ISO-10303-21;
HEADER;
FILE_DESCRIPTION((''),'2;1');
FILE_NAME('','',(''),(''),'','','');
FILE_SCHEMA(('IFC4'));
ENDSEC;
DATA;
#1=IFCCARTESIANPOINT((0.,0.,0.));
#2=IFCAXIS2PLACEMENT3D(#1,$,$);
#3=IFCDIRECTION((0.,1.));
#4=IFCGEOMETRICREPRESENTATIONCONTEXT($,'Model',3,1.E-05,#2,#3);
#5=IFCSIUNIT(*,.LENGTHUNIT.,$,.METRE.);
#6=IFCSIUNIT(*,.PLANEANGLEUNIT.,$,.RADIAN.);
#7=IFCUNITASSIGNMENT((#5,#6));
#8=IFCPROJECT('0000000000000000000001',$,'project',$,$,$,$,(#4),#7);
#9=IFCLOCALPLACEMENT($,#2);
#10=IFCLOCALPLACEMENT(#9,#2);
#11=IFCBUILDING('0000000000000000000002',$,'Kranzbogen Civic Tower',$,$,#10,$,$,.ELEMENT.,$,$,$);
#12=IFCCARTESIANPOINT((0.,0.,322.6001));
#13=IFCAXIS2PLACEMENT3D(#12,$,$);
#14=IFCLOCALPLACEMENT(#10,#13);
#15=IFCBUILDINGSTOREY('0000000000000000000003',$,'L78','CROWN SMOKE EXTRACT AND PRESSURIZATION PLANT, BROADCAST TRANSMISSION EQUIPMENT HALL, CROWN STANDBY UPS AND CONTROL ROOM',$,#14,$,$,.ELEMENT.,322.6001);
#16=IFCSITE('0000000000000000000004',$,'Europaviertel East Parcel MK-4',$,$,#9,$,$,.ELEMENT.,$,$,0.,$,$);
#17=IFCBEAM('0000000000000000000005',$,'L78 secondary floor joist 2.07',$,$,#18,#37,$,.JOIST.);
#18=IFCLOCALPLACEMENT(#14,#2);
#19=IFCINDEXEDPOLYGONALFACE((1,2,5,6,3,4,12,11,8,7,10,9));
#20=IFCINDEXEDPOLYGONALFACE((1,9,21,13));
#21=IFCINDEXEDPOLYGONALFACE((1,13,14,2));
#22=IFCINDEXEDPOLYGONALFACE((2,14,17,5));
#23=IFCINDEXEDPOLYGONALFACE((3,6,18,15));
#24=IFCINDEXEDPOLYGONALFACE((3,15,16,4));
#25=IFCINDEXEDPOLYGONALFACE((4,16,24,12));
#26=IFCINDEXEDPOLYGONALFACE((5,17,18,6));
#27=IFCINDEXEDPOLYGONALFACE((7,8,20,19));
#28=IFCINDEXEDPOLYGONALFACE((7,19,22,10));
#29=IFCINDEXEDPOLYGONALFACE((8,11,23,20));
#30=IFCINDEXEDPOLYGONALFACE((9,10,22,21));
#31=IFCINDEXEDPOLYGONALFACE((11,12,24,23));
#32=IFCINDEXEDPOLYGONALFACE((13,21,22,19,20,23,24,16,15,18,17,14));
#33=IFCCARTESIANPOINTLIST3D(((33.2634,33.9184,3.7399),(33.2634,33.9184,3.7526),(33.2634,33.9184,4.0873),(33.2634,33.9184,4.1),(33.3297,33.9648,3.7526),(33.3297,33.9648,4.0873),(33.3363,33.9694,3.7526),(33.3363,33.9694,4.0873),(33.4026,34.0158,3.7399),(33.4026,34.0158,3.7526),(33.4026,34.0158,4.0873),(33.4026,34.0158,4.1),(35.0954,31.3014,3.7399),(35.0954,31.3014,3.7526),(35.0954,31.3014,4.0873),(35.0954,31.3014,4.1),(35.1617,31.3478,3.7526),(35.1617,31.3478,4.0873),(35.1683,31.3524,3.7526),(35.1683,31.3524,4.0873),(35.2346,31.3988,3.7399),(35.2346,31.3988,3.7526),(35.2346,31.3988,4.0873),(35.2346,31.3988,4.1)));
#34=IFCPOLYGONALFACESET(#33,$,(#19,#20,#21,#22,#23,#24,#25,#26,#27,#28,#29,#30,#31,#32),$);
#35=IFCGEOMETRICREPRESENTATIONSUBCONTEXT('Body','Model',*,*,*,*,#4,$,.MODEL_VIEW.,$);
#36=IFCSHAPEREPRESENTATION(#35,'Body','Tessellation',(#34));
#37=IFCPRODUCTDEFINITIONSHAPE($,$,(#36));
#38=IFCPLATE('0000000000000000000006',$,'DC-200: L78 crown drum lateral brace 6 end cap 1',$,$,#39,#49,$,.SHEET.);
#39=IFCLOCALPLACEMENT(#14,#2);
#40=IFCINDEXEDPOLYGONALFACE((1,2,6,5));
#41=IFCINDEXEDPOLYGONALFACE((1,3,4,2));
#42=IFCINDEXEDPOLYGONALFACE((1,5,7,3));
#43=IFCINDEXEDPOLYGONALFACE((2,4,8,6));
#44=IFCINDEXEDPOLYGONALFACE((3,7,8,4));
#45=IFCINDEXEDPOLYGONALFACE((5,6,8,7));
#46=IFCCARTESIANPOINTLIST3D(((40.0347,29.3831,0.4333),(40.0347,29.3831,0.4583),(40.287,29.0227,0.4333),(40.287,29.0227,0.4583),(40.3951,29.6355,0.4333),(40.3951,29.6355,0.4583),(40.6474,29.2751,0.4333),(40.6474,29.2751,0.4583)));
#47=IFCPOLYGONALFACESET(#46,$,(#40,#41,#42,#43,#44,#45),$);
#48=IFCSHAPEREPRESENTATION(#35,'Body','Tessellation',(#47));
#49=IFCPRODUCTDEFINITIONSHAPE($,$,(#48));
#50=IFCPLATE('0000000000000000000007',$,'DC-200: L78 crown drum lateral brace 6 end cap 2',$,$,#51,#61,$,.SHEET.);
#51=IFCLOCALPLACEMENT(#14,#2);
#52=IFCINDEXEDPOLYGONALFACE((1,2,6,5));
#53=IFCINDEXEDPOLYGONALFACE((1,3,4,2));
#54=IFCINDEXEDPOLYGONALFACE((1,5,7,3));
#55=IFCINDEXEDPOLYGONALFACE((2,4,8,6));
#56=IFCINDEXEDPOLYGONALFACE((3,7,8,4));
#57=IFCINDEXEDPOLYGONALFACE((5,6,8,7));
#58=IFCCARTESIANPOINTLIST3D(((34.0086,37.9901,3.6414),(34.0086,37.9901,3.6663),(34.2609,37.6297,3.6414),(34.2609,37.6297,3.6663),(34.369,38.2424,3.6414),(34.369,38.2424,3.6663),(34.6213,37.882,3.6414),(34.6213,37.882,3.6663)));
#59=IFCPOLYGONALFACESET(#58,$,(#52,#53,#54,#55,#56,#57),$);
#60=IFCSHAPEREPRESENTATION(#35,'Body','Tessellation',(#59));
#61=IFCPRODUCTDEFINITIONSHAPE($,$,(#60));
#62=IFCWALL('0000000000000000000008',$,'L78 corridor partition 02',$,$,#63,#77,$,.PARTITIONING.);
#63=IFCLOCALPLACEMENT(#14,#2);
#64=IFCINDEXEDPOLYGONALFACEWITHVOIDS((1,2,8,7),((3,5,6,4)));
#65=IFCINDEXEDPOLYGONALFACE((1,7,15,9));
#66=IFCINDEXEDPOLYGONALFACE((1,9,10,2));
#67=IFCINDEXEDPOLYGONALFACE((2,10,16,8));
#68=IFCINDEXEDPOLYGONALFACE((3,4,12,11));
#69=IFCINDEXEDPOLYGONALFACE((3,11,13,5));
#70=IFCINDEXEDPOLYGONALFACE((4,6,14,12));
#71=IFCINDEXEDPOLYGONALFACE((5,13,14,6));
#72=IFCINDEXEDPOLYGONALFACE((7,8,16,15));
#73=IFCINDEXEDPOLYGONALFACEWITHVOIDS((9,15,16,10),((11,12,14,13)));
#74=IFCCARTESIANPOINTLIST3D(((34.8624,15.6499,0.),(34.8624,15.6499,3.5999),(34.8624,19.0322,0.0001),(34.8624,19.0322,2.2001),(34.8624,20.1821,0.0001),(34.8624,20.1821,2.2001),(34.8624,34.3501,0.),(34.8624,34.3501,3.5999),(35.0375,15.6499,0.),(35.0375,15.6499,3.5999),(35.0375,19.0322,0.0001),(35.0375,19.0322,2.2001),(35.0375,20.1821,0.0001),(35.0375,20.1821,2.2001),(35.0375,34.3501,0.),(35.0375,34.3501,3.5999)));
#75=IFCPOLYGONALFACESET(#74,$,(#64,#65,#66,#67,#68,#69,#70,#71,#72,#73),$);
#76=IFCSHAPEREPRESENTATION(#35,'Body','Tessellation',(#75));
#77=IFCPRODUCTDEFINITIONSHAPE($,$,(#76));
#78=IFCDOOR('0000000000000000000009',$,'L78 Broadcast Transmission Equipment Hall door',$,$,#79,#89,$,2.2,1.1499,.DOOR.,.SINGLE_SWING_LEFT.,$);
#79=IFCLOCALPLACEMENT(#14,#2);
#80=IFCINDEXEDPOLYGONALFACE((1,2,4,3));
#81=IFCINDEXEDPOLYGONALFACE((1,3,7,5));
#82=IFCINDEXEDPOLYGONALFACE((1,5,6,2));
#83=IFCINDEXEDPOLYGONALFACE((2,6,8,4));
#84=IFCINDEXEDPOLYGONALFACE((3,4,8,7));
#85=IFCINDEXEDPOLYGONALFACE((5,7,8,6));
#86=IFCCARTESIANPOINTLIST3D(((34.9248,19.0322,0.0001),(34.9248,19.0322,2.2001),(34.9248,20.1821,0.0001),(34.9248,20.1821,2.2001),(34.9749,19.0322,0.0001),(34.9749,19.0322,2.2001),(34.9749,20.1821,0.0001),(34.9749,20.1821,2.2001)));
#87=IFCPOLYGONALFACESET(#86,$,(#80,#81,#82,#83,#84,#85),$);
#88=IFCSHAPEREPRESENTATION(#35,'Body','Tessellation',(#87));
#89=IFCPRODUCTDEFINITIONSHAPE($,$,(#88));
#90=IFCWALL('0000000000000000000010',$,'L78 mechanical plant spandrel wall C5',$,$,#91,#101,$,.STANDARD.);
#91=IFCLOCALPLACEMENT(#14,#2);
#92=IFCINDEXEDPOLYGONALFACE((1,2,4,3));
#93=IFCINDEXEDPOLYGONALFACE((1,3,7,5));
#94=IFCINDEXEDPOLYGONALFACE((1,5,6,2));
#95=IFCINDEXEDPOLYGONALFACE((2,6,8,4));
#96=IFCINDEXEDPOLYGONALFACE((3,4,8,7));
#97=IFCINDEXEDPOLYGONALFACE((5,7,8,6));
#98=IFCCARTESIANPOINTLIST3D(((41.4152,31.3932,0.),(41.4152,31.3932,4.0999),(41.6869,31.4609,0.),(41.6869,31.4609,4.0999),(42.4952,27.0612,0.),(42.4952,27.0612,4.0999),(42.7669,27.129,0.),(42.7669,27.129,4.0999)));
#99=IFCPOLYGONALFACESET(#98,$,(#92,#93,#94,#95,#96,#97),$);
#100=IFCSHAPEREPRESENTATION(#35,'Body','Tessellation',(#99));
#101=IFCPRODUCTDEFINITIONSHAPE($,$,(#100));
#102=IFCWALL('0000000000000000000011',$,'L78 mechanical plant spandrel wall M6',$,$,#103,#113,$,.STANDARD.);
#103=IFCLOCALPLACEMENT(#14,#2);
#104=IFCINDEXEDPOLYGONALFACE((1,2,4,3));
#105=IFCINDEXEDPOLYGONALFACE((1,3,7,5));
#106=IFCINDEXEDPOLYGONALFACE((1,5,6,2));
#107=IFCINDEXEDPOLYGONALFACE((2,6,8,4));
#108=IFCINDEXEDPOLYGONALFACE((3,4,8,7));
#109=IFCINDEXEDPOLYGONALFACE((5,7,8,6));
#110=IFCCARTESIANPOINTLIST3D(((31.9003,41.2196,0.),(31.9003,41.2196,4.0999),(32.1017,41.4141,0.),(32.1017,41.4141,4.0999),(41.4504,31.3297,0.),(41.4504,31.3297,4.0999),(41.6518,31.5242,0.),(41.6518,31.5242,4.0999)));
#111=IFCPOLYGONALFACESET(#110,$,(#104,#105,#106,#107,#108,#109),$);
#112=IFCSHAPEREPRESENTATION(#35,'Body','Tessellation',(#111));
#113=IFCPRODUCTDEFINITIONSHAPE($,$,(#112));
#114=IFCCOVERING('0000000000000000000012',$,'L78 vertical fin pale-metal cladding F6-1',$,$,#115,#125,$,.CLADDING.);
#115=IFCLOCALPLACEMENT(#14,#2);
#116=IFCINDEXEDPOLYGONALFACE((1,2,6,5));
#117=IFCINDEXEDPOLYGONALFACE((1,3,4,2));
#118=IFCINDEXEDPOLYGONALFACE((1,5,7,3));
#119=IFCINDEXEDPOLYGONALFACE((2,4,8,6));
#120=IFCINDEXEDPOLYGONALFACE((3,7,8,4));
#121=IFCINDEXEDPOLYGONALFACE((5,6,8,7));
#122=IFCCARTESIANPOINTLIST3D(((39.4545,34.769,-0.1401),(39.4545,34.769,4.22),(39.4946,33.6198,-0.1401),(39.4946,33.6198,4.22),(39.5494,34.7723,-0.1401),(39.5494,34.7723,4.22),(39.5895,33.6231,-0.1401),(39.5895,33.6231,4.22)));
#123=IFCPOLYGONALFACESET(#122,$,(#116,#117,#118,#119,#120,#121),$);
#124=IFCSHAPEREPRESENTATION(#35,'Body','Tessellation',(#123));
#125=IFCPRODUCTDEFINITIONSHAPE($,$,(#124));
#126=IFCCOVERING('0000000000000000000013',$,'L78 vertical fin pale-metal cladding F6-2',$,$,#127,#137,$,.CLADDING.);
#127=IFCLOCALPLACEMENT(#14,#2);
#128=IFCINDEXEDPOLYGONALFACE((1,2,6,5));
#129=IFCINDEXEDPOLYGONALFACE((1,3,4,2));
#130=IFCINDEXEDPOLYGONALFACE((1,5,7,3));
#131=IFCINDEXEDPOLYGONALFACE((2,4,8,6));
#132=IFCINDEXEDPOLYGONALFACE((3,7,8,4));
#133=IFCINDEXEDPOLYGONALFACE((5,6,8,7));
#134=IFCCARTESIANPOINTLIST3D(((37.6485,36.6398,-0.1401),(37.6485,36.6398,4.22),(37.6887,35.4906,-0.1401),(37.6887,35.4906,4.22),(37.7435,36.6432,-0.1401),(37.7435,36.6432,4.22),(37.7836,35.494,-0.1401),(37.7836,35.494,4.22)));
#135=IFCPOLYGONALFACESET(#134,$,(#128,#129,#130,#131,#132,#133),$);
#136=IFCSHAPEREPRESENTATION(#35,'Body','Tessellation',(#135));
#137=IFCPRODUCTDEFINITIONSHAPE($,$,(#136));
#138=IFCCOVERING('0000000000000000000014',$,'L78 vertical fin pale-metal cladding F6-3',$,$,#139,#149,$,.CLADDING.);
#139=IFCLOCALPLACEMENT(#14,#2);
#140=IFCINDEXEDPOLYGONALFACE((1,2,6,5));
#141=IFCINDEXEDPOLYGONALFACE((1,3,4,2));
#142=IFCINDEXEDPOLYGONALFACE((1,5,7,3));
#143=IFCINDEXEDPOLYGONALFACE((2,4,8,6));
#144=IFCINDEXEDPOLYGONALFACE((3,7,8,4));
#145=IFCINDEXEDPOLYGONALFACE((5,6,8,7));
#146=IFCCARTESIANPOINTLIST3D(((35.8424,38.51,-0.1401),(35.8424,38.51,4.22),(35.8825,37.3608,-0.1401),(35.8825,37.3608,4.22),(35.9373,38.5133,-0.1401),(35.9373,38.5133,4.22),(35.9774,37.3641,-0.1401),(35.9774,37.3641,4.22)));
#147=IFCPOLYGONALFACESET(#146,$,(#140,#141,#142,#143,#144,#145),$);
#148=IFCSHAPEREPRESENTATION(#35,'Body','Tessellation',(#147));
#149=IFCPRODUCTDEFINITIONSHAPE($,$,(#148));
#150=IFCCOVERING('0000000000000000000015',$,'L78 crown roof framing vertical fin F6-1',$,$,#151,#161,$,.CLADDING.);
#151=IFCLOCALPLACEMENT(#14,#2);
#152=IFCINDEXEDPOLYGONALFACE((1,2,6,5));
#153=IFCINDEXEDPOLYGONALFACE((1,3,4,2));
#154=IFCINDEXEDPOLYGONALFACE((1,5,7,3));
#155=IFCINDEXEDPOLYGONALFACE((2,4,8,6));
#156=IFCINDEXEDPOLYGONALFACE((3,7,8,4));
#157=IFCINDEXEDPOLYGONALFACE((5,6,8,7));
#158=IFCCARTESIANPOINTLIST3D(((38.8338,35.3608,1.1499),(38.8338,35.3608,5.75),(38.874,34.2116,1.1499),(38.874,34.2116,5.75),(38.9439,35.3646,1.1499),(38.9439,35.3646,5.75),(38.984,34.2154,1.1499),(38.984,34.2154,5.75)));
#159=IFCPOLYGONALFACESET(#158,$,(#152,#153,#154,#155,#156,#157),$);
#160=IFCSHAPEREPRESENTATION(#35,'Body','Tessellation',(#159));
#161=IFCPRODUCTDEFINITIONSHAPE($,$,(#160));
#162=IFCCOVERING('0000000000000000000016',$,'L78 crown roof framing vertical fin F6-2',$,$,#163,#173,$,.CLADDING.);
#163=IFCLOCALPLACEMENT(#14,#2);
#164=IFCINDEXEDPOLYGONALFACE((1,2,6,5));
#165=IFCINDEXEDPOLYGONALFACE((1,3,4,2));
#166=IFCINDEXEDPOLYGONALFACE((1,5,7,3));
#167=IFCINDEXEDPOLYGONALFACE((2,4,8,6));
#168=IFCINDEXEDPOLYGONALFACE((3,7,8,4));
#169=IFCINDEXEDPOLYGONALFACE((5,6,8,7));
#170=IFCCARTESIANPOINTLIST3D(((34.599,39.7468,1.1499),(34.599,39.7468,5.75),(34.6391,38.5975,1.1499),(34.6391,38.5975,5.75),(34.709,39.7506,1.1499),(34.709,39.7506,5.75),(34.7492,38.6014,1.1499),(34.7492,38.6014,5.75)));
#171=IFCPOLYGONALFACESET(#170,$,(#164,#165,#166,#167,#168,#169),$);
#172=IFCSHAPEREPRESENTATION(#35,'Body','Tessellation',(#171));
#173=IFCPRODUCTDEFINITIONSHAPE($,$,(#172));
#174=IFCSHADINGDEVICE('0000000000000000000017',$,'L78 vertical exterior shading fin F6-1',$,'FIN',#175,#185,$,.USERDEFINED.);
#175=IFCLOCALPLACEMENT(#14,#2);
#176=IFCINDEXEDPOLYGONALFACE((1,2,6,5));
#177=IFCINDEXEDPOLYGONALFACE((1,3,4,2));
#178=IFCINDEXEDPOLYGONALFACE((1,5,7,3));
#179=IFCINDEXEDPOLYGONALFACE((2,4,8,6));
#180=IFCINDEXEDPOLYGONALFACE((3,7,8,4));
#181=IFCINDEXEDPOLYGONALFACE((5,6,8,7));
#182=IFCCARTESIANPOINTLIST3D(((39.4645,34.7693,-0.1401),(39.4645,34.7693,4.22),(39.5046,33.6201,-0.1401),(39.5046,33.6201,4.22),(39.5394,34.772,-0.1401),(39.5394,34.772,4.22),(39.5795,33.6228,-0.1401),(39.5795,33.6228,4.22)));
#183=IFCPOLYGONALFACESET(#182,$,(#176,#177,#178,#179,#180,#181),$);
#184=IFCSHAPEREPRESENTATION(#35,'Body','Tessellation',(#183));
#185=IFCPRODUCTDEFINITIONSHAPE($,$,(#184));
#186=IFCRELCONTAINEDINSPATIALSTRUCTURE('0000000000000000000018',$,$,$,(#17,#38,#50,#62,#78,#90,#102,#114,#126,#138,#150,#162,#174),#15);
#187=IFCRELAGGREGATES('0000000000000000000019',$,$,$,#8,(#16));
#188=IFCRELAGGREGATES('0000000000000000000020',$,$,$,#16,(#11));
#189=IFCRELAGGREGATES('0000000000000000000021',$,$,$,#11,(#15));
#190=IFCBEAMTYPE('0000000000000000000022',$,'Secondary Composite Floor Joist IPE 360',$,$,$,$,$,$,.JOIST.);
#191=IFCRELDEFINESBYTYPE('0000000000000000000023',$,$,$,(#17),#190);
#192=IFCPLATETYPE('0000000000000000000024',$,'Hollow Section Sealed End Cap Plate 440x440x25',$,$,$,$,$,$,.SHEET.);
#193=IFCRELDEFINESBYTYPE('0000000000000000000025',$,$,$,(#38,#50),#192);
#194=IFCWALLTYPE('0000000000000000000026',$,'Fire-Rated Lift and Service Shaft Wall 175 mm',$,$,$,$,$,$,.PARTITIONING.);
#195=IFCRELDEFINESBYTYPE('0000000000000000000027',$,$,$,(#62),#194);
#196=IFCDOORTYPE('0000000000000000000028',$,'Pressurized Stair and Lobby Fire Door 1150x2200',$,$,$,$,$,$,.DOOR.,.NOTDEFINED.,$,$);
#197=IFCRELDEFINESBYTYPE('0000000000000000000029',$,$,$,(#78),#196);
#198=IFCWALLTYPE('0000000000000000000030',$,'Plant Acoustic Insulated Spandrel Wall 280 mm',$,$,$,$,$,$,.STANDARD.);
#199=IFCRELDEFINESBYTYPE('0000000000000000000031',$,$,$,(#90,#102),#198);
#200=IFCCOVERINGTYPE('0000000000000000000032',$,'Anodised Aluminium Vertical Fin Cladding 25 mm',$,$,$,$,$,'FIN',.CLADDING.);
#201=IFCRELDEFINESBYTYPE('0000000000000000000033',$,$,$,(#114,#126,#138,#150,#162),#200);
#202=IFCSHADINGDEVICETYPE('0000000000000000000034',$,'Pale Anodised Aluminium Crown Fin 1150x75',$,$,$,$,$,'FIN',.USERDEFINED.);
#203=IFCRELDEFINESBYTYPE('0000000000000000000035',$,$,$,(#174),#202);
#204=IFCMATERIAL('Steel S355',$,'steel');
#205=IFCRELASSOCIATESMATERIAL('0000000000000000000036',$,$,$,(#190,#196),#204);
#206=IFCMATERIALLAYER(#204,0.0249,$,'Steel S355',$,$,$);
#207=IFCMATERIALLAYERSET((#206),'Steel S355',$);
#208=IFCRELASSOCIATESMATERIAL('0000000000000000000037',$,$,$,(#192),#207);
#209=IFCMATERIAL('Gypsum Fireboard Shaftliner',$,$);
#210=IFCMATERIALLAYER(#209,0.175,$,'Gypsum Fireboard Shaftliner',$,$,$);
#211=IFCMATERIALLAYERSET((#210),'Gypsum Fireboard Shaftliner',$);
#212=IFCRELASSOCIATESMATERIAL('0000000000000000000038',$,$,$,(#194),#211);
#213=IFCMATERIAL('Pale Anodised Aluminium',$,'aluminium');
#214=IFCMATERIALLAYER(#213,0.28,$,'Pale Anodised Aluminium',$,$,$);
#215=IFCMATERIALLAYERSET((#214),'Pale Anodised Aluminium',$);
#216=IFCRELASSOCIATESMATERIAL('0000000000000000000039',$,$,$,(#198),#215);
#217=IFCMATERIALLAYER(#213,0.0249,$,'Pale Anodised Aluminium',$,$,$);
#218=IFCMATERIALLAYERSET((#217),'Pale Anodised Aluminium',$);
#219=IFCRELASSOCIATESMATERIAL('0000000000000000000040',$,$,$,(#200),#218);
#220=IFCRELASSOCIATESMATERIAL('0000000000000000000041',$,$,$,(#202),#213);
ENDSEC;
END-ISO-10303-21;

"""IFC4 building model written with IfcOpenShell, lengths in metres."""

from ifc_helpers import new_model, si_unit, direction, frame, frame_2d, origin, origin_2d, place, context, subcontext, project, spatial, rectangle, i_section, extrude, material, layer, layer_set, material_profile, profile_set, type_object, element, fill, save


model = new_model("IFC4")

# Units and contexts
model_context = context("Model", 3, precision=1e-05, world=origin(), true_north=direction((0.0, 1.0)))
body_context = subcontext(model_context, "Body", "Model", "MODEL_VIEW")
ifc_project = project(units=[si_unit("LENGTHUNIT", "METRE"), si_unit("PLANEANGLEUNIT", "RADIAN")], contexts=[model_context])

# Site, building, storey
site_placement = place(None, origin())
site = spatial("IfcSite", under=ifc_project, at=site_placement, Name="Europaviertel East Parcel MK-4", CompositionType="ELEMENT", RefElevation=0.0)
building_placement = place(site_placement, origin())
building = spatial("IfcBuilding", under=site, at=building_placement, Name="Kranzbogen Civic Tower", CompositionType="ELEMENT")
storey_placement = place(building_placement, frame((0.0, 0.0, 322.6001)))
storey = spatial("IfcBuildingStorey", under=building, at=storey_placement, Name="L78", Description="CROWN SMOKE EXTRACT AND PRESSURIZATION PLANT, BROADCAST TRANSMISSION EQUIPMENT HALL, CROWN STANDBY UPS AND CONTROL ROOM", CompositionType="ELEMENT", Elevation=322.6001)

# Shared definitions
ifc_material_1 = material(Name="Steel S355", Category="steel")

# Beam
ifc_material_profile_1 = material_profile(ifc_material_1, i_section(OverallWidth=0.1699, OverallDepth=0.3601, WebThickness=0.0081, FlangeThickness=0.0127, at=origin_2d()), Name="IPE 360")
ifc_profile_set_1 = profile_set([ifc_material_profile_1], Name="Steel S355")
beam_type_1 = type_object("IfcBeamType", Name="Secondary Composite Floor Joist IPE 360", PredefinedType="JOIST", material=ifc_profile_set_1)
beam_1_placement = place(storey_placement, frame((35.165, 31.3501, 3.9199), z_axis=(-0.573498, 0.819207, 0.0), x_axis=(-0.819207, -0.573498, 0.0)))
element("IfcBeam", 1, at=beam_1_placement, inside=storey, type_object=beam_type_1, Name="L78 secondary floor joist 2.07", PredefinedType="JOIST", context=body_context, shape_type="SweptSolid", body=[
    extrude(i_section(OverallWidth=0.1699, OverallDepth=0.3601, WebThickness=0.0081, FlangeThickness=0.0127, at=origin_2d()), origin(), (0.0, 0.0, 1.0), 3.1946),
])

# Plates
ifc_layer_1 = layer(ifc_material_1, 0.0249, Name="Steel S355")
ifc_layer_set_1 = layer_set([ifc_layer_1], Name="Steel S355")
plate_type = type_object("IfcPlateType", Name="Hollow Section Sealed End Cap Plate 440x440x25", PredefinedType="SHEET", material=ifc_layer_set_1)
for number, where, z_axis, x_axis, name in (
    (2, (40.3411, 29.3291, 0.4333), (0.0, 0.0, 1.0), (-0.573534, 0.819182, 0.0), "DC-200: L78 crown drum lateral brace 6 end cap 1"),
    (3, (34.3149, 37.936, 3.6414), (0.0, 0.0, 1.0), (-0.573534, 0.819182, 0.0), "DC-200: L78 crown drum lateral brace 6 end cap 2"),
):
    element("IfcPlate", number, at=place(storey_placement, frame(where, z_axis=z_axis, x_axis=x_axis)), inside=storey, type_object=plate_type, Name=name, PredefinedType="SHEET", context=body_context, shape_type="SweptSolid", body=[
        extrude(rectangle(XDim=0.4399, YDim=0.4399, at=origin_2d()), origin(), (0.0, 0.0, 1.0), 0.0249),
    ])

# Wall, opening, door
ifc_material_2 = material(Name="Gypsum Fireboard Shaftliner")
ifc_layer_2 = layer(ifc_material_2, 0.175, Name="Gypsum Fireboard Shaftliner")
ifc_layer_set_2 = layer_set([ifc_layer_2], Name="Gypsum Fireboard Shaftliner")
wall_type_1 = type_object("IfcWallType", Name="Fire-Rated Lift and Service Shaft Wall 175 mm", PredefinedType="PARTITIONING", material=ifc_layer_set_2)
wall_1_placement = place(storey_placement, frame((34.95, 34.3501, 0.0), z_axis=(0.0, 0.0, 1.0), x_axis=(0.0, -1.0, 0.0)))
wall_1 = element("IfcWall", 4, at=wall_1_placement, inside=storey, type_object=wall_type_1, Name="L78 corridor partition 02", PredefinedType="PARTITIONING", context=body_context, shape_type="SweptSolid", body=[
    extrude(rectangle(XDim=18.7002, YDim=0.175, at=frame_2d((9.3501, 0.0))), origin(), (0.0, 0.0, 1.0), 3.5999),
])
opening_placement = place(wall_1_placement, frame((14.168, 0.0, 0.0)))
opening = element("IfcOpeningElement", 5, at=opening_placement, cuts=wall_1, PredefinedType="OPENING", context=body_context, shape_type="SweptSolid", body=[
    extrude(rectangle(XDim=1.1499, YDim=2.2, at=frame_2d((0.575, 1.1001))), frame((0.0, 0.0977, 0.0), z_axis=(0.0, -1.0, 0.0), x_axis=(1.0, 0.0, 0.0)), (0.0, 0.0, 1.0), 0.1951),
])
door_type = type_object("IfcDoorType", Name="Pressurized Stair and Lobby Fire Door 1150x2200", OperationType="NOTDEFINED", PredefinedType="DOOR", material=ifc_material_1)
door_placement = place(opening_placement, origin())
door = element("IfcDoor", 6, at=door_placement, inside=storey, type_object=door_type, Name="L78 Broadcast Transmission Equipment Hall door", OperationType="SINGLE_SWING_LEFT", OverallHeight=2.2, OverallWidth=1.1499, PredefinedType="DOOR", context=body_context, shape_type="SweptSolid", body=[
    extrude(rectangle(XDim=1.1499, YDim=2.2, at=frame_2d((0.575, 1.1001))), frame((0.0, 0.0249, 0.0), z_axis=(0.0, -1.0, 0.0), x_axis=(1.0, 0.0, 0.0)), (0.0, 0.0, 1.0), 0.05),
])
fill(opening, door)

# Walls
ifc_material_3 = material(Name="Pale Anodised Aluminium", Category="aluminium")
ifc_layer_3 = layer(ifc_material_3, 0.28, Name="Pale Anodised Aluminium")
ifc_layer_set_3 = layer_set([ifc_layer_3], Name="Pale Anodised Aluminium")
wall_type_2 = type_object("IfcWallType", Name="Plant Acoustic Insulated Spandrel Wall 280 mm", PredefinedType="STANDARD", material=ifc_layer_set_3)
wall_2_placement = place(storey_placement, frame((42.6311, 27.095, 0.0), z_axis=(0.0, 0.0, 1.0), x_axis=(-0.241918, 0.970297, 0.0)))
element("IfcWall", 7, at=wall_2_placement, inside=storey, type_object=wall_type_2, Name="L78 mechanical plant spandrel wall C5", PredefinedType="STANDARD", context=body_context, shape_type="SweptSolid", body=[
    extrude(rectangle(XDim=4.4646, YDim=0.28, at=frame_2d((2.2324, 0.0))), origin(), (0.0, 0.0, 1.0), 4.0999),
])
wall_3_placement = place(storey_placement, frame((41.551, 31.427, 0.0), z_axis=(0.0, 0.0, 1.0), x_axis=(-0.694639, 0.719358, 0.0)))
element("IfcWall", 8, at=wall_3_placement, inside=storey, type_object=wall_type_2, Name="L78 mechanical plant spandrel wall M6", PredefinedType="STANDARD", context=body_context, shape_type="SweptSolid", body=[
    extrude(rectangle(XDim=13.7483, YDim=0.28, at=frame_2d((6.874, 0.0))), origin(), (0.0, 0.0, 1.0), 4.0999),
])

# Coverings
ifc_layer_4 = layer(ifc_material_3, 0.0249, Name="Pale Anodised Aluminium")
ifc_layer_set_4 = layer_set([ifc_layer_4], Name="Pale Anodised Aluminium")
covering_type = type_object("IfcCoveringType", Name="Anodised Aluminium Vertical Fin Cladding 25 mm", ElementType="FIN", PredefinedType="CLADDING", material=ifc_layer_set_4)
for number, where, z_axis, x_axis, name in (
    (9, (39.522, 34.196, -0.1401), (0.0, 0.0, 1.0), (-0.034899, 0.999391, 0.0), "L78 vertical fin pale-metal cladding F6-1"),
    (10, (37.7161, 36.0669, -0.1401), (0.0, 0.0, 1.0), (-0.034899, 0.999391, 0.0), "L78 vertical fin pale-metal cladding F6-2"),
    (11, (35.9099, 37.937, -0.1401), (0.0, 0.0, 1.0), (-0.034899, 0.999391, 0.0), "L78 vertical fin pale-metal cladding F6-3"),
):
    element("IfcCovering", number, at=place(storey_placement, frame(where, z_axis=z_axis, x_axis=x_axis)), inside=storey, type_object=covering_type, Name=name, PredefinedType="CLADDING", context=body_context, shape_type="SweptSolid", body=[
        extrude(rectangle(XDim=1.1499, YDim=0.095, at=origin_2d()), origin(), (0.0, 0.0, 1.0), 4.3601),
    ])
for number, where, z_axis, x_axis, name in (
    (12, (38.9089, 34.7881, 1.1499), (0.0, 0.0, 1.0), (-0.034899, 0.999391, 0.0), "L78 crown roof framing vertical fin F6-1"),
    (13, (34.6741, 39.1741, 1.1499), (0.0, 0.0, 1.0), (-0.034899, 0.999391, 0.0), "L78 crown roof framing vertical fin F6-2"),
):
    element("IfcCovering", number, at=place(storey_placement, frame(where, z_axis=z_axis, x_axis=x_axis)), inside=storey, type_object=covering_type, Name=name, PredefinedType="CLADDING", context=body_context, shape_type="SweptSolid", body=[
        extrude(rectangle(XDim=1.1499, YDim=0.1101, at=origin_2d()), origin(), (0.0, 0.0, 1.0), 4.6001),
    ])

# Shading device
shading_device_type_1 = type_object("IfcShadingDeviceType", Name="Pale Anodised Aluminium Crown Fin 1150x75", ElementType="FIN", PredefinedType="USERDEFINED", material=ifc_material_3)
for number, where, z_axis, x_axis, name in (
    (14, (39.522, 34.196, -0.1401), (0.0, 0.0, 1.0), (-0.034899, 0.999391, 0.0), "L78 vertical exterior shading fin F6-1"),
):
    element("IfcShadingDevice", number, at=place(storey_placement, frame(where, z_axis=z_axis, x_axis=x_axis)), inside=storey, type_object=shading_device_type_1, Name=name, ObjectType="FIN", PredefinedType="USERDEFINED", context=body_context, shape_type="SweptSolid", body=[
        extrude(rectangle(XDim=1.1499, YDim=0.075, at=origin_2d()), origin(), (0.0, 0.0, 1.0), 4.3601),
    ])

save(model, "model.ifc")
